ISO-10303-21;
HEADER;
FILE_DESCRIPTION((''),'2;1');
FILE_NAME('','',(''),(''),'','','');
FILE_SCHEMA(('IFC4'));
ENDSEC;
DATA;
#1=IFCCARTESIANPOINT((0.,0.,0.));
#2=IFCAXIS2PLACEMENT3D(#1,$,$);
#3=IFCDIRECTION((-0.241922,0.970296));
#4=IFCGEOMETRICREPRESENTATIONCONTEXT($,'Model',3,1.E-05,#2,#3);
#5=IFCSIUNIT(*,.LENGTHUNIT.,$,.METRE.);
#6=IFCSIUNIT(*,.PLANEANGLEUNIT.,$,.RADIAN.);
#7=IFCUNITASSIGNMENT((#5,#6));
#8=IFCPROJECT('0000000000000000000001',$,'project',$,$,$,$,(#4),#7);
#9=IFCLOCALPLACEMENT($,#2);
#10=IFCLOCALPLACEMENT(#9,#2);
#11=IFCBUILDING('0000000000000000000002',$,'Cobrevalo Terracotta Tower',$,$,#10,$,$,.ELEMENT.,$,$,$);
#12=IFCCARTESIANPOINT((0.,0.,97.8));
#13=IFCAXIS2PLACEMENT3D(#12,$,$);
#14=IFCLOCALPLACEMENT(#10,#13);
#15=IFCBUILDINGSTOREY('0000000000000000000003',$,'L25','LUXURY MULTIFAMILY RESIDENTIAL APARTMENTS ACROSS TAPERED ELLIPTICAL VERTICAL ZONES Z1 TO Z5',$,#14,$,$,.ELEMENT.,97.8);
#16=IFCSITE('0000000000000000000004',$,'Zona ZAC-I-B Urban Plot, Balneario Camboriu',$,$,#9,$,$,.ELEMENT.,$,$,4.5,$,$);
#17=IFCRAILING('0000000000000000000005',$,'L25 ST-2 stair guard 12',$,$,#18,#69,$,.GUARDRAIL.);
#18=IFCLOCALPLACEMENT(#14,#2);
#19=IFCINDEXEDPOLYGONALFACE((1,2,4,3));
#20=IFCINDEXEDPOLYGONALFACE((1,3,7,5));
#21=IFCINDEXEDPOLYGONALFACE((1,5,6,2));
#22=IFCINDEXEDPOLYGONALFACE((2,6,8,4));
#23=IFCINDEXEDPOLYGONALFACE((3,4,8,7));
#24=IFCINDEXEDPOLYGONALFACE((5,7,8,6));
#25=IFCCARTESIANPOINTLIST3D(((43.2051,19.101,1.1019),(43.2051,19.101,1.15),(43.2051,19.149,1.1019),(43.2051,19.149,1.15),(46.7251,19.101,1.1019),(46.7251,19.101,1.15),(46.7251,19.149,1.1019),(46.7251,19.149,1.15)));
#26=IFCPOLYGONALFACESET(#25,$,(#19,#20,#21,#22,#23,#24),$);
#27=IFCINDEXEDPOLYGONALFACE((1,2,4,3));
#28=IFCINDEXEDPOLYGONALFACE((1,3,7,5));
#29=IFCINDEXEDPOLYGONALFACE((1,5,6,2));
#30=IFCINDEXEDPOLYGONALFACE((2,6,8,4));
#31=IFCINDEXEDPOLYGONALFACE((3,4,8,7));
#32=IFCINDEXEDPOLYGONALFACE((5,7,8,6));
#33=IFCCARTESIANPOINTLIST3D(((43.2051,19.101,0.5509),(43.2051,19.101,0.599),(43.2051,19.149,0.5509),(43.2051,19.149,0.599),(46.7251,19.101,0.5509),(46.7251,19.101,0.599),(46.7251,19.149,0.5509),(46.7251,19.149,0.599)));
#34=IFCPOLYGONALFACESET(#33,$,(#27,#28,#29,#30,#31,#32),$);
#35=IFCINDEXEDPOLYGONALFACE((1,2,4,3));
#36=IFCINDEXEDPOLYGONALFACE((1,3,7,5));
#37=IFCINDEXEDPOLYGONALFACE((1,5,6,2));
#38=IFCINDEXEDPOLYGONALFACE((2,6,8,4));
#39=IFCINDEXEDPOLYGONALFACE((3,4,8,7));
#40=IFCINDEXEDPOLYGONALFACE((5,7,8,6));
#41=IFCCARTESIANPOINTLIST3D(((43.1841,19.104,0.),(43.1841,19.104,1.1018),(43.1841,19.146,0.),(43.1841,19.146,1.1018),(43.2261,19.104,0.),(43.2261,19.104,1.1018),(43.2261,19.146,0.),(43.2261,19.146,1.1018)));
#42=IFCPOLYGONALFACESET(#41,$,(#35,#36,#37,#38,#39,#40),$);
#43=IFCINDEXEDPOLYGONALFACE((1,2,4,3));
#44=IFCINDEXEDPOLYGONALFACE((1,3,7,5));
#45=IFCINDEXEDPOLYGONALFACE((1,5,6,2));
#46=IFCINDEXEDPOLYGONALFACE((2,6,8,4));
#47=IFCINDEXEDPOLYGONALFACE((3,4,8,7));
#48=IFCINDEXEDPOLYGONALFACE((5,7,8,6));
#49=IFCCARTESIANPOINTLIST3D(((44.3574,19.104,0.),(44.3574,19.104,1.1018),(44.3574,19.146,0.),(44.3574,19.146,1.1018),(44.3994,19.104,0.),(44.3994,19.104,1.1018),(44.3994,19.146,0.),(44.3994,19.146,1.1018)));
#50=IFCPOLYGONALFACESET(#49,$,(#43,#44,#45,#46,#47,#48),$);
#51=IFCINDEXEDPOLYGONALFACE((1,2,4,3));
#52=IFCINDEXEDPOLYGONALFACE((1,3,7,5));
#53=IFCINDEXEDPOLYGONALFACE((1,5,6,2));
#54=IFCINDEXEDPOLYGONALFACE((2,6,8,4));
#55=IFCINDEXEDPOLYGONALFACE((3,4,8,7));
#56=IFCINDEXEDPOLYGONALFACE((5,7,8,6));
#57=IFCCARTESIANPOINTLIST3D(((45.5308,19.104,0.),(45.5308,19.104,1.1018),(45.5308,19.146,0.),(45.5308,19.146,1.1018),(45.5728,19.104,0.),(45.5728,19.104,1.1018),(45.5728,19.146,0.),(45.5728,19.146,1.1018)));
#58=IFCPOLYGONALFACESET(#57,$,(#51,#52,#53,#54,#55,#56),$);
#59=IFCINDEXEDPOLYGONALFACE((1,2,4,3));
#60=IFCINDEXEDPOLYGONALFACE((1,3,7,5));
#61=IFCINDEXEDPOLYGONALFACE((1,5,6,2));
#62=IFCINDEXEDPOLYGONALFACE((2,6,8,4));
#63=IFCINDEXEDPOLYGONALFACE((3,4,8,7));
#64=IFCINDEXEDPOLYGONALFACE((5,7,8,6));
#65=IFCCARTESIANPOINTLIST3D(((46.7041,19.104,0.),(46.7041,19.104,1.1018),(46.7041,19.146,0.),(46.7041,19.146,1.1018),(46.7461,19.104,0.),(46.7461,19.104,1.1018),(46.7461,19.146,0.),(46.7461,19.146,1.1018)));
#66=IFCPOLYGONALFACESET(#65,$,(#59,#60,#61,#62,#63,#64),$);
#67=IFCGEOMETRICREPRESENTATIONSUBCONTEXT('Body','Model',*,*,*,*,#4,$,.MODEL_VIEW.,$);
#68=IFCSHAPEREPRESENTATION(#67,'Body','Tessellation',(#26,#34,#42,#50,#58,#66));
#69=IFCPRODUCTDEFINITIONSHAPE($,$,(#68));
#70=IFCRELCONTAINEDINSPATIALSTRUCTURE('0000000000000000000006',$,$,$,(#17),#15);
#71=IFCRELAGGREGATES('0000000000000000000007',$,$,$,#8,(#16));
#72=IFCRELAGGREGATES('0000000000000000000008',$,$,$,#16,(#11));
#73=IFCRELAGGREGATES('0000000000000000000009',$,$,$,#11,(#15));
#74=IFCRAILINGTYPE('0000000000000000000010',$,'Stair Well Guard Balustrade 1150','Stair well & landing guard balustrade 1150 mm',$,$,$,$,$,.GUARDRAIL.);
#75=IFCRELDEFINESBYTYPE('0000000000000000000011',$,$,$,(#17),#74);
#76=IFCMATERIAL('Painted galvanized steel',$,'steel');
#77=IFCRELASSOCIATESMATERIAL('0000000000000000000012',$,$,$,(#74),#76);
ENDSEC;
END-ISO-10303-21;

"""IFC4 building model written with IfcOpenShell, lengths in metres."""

from ifc_helpers import new_model, si_unit, direction, frame, origin, origin_2d, place, context, subcontext, project, spatial, rectangle, extrude, material, type_object, element, save


model = new_model("IFC4")

# Units and contexts
model_context = context("Model", 3, precision=1e-05, world=origin(), true_north=direction((-0.241922, 0.970296)))
body_context = subcontext(model_context, "Body", "Model", "MODEL_VIEW")
ifc_project = project(units=[si_unit("LENGTHUNIT", "METRE"), si_unit("PLANEANGLEUNIT", "RADIAN")], contexts=[model_context])

# Site, building, storey
site_placement = place(None, origin())
site = spatial("IfcSite", under=ifc_project, at=site_placement, Name="Zona ZAC-I-B Urban Plot, Balneario Camboriu", CompositionType="ELEMENT", RefElevation=4.5)
building_placement = place(site_placement, origin())
building = spatial("IfcBuilding", under=site, at=building_placement, Name="Cobrevalo Terracotta Tower", CompositionType="ELEMENT")
storey_placement = place(building_placement, frame((0.0, 0.0, 97.8)))
storey = spatial("IfcBuildingStorey", under=building, at=storey_placement, Name="L25", Description="LUXURY MULTIFAMILY RESIDENTIAL APARTMENTS ACROSS TAPERED ELLIPTICAL VERTICAL ZONES Z1 TO Z5", CompositionType="ELEMENT", Elevation=97.8)

# Railing
ifc_material_1 = material(Name="Painted galvanized steel", Category="steel")
railing_type_1 = type_object("IfcRailingType", Name="Stair Well Guard Balustrade 1150", Description="Stair well & landing guard balustrade 1150 mm", PredefinedType="GUARDRAIL", material=ifc_material_1)
railing_1_placement = place(storey_placement, frame((43.2051, 19.125, 0.0)))
element("IfcRailing", 1, at=railing_1_placement, inside=storey, type_object=railing_type_1, Name="L25 ST-2 stair guard 12", PredefinedType="GUARDRAIL", context=body_context, shape_type="SweptSolid", body=[
    extrude(rectangle(XDim=0.0481, YDim=0.0481, at=origin_2d()), frame((0.0, 0.0, 1.126), z_axis=(1.0, 0.0, 0.0), x_axis=(0.0, 1.0, 0.0)), (0.0, 0.0, 1.0), 3.52),
    extrude(rectangle(XDim=0.0481, YDim=0.0481, at=origin_2d()), frame((0.0, 0.0, 0.575), z_axis=(1.0, 0.0, 0.0), x_axis=(0.0, 1.0, 0.0)), (0.0, 0.0, 1.0), 3.52),
    extrude(rectangle(XDim=0.042, YDim=0.042, at=origin_2d()), origin(), (0.0, 0.0, 1.0), 1.1018),
    extrude(rectangle(XDim=0.042, YDim=0.042, at=origin_2d()), frame((1.1733, 0.0, 0.0)), (0.0, 0.0, 1.0), 1.1018),
    extrude(rectangle(XDim=0.042, YDim=0.042, at=origin_2d()), frame((2.3467, 0.0, 0.0)), (0.0, 0.0, 1.0), 1.1018),
    extrude(rectangle(XDim=0.042, YDim=0.042, at=origin_2d()), frame((3.52, 0.0, 0.0)), (0.0, 0.0, 1.0), 1.1018),
])

save(model, "model.ifc")
